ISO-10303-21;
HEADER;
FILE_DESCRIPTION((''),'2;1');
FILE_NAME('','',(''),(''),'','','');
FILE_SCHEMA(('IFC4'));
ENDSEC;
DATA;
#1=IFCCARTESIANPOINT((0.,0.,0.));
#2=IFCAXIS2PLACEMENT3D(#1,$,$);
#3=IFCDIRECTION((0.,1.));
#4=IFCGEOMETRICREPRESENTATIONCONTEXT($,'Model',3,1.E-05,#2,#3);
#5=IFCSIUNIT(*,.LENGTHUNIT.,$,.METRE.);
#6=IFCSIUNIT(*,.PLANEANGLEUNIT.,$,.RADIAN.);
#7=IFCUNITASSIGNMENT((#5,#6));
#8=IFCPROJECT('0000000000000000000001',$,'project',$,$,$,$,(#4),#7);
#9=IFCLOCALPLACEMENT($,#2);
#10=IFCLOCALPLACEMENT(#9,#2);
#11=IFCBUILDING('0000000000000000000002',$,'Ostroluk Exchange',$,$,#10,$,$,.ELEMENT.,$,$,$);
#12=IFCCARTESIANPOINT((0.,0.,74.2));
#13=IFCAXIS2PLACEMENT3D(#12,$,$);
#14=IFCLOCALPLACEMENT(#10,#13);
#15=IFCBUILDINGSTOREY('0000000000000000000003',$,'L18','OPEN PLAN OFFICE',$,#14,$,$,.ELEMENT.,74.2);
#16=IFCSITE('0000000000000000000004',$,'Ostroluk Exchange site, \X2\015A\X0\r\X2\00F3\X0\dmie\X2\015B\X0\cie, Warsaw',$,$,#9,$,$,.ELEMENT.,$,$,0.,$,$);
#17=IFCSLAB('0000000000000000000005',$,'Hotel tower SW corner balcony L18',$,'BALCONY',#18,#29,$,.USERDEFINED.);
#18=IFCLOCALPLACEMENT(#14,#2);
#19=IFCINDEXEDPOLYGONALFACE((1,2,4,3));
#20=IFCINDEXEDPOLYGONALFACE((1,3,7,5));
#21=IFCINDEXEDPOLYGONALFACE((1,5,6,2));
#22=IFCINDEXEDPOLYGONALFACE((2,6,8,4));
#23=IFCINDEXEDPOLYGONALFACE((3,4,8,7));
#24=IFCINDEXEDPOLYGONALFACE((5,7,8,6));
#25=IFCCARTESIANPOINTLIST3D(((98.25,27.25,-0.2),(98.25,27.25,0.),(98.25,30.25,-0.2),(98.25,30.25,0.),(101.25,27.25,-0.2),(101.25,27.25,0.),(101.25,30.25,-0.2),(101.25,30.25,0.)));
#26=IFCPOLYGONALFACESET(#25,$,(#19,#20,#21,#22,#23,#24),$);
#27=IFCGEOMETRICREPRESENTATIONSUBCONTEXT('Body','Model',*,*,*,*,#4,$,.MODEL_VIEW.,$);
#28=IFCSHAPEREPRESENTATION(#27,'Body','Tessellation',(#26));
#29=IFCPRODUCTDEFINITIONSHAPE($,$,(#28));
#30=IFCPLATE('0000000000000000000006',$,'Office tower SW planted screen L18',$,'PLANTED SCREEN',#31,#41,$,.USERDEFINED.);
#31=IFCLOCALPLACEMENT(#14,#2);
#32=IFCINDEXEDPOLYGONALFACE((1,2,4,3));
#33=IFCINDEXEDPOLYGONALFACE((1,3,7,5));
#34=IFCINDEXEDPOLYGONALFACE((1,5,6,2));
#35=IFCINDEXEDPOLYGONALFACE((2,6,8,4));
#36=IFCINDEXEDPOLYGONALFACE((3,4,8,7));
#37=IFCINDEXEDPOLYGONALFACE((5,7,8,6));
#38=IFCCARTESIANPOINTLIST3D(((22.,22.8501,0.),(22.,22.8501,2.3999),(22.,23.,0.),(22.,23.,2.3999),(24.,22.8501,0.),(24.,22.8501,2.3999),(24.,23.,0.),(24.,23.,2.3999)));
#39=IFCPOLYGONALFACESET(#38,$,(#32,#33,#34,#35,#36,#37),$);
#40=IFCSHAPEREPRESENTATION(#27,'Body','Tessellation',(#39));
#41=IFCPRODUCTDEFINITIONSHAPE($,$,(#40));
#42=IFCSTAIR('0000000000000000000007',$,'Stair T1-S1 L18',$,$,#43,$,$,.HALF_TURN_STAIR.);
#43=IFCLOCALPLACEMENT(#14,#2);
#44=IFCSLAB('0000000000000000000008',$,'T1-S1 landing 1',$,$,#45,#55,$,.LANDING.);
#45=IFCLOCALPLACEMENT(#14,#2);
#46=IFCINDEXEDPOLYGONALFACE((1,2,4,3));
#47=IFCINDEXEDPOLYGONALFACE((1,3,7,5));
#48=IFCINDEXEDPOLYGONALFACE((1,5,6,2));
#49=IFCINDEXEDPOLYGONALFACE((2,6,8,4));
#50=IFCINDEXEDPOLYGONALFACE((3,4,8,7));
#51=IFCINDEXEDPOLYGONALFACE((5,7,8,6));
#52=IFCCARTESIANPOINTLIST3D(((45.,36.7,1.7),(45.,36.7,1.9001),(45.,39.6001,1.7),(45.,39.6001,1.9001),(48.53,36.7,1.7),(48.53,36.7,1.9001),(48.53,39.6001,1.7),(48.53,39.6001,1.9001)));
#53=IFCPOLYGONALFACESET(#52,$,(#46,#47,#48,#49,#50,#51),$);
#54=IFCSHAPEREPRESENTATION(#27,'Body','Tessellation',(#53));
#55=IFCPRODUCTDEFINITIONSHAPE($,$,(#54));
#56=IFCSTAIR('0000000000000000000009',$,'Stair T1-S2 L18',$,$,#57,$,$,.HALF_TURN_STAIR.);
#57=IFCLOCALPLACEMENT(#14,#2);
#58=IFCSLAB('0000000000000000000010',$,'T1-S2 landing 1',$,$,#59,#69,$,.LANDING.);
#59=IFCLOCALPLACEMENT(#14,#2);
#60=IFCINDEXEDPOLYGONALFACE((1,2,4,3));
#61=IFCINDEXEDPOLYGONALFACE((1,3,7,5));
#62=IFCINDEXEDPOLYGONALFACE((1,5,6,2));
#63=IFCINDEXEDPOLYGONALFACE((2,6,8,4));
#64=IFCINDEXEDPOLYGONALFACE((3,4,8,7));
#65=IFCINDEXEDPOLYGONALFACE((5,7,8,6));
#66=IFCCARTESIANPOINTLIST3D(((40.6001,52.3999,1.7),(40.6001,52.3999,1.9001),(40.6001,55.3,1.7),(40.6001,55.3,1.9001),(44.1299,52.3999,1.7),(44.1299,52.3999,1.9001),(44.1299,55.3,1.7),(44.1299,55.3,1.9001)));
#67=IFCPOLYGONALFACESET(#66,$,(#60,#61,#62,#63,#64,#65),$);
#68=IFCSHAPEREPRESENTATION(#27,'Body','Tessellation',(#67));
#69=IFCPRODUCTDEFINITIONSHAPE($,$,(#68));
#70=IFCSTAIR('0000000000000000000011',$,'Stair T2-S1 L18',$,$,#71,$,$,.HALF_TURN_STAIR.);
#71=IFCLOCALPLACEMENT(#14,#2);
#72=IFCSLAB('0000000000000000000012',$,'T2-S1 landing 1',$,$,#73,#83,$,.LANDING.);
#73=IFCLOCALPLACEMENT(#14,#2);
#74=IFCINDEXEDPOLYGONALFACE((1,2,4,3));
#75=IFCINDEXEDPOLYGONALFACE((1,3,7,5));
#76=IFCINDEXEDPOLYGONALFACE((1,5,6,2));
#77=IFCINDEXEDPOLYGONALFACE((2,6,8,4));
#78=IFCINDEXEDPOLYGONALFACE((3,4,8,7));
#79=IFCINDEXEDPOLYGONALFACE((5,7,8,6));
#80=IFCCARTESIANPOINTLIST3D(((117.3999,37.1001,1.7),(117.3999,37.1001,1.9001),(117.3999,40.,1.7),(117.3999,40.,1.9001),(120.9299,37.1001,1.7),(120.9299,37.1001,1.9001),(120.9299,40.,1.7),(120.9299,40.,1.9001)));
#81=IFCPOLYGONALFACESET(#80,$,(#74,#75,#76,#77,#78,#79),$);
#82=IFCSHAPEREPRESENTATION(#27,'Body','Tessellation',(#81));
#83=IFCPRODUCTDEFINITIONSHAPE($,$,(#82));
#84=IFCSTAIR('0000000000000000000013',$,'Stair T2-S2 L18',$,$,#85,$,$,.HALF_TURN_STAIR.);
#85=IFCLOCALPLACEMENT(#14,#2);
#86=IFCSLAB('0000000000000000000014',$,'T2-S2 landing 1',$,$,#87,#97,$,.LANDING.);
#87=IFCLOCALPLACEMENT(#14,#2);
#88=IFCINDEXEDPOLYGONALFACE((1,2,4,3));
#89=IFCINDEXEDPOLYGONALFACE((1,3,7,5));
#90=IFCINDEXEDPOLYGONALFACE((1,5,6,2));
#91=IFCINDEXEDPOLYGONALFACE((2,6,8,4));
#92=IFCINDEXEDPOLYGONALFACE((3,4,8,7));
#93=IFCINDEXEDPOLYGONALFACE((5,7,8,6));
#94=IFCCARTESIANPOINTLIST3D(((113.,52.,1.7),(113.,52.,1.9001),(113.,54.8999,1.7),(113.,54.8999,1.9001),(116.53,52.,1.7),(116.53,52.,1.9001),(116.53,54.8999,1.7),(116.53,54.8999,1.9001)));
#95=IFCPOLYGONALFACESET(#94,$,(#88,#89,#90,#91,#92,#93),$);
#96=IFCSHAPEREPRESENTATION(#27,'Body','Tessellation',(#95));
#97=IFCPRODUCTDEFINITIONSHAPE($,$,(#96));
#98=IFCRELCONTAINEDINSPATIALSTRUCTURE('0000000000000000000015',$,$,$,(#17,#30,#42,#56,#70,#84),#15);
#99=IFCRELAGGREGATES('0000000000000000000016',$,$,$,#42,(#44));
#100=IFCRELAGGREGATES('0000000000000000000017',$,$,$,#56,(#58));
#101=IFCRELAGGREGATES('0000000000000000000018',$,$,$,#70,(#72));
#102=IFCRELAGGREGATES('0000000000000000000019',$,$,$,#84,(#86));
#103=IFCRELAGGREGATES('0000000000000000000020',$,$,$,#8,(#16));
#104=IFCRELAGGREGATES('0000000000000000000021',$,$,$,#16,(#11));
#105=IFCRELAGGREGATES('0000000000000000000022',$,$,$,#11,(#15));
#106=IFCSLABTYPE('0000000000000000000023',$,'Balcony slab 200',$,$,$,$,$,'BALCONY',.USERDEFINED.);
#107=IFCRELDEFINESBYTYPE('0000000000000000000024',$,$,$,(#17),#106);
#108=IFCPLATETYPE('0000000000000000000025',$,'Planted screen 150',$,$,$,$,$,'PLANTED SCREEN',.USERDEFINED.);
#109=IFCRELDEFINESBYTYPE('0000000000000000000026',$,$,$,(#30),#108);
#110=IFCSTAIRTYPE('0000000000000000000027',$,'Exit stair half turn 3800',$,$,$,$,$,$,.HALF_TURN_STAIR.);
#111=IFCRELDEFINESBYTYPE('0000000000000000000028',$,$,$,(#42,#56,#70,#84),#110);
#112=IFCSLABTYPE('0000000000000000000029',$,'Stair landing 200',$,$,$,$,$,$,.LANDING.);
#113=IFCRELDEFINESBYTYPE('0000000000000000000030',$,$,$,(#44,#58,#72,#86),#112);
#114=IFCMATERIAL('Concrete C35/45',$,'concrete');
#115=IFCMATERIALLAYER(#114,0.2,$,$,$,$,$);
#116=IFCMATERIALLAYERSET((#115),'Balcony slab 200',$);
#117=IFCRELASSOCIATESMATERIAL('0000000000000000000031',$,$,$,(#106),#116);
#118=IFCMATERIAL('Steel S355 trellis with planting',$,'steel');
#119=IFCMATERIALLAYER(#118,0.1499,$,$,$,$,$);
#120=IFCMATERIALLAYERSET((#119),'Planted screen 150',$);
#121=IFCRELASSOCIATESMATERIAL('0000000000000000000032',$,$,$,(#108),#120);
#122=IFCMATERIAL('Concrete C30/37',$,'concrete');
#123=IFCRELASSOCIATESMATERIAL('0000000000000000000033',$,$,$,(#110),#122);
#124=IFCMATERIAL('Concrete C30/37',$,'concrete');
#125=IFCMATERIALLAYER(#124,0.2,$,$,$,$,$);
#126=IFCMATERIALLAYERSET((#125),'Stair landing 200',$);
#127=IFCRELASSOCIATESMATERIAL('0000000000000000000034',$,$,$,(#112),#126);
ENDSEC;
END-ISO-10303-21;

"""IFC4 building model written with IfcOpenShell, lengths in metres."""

from ifc_helpers import new_model, si_unit, direction, frame, origin, origin_2d, place, context, subcontext, project, spatial, polyline, rectangle, outline, extrude, material, layer, layer_set, type_object, element, aggregate, save


model = new_model("IFC4")

# Units and contexts
model_context = context("Model", 3, precision=1e-05, world=origin(), true_north=direction((0.0, 1.0)))
body_context = subcontext(model_context, "Body", "Model", "MODEL_VIEW")
ifc_project = project(units=[si_unit("LENGTHUNIT", "METRE"), si_unit("PLANEANGLEUNIT", "RADIAN")], contexts=[model_context])

# Site, building, storey
site_placement = place(None, origin())
site = spatial("IfcSite", under=ifc_project, at=site_placement, Name="Ostroluk Exchange site, Śródmieście, Warsaw", CompositionType="ELEMENT", RefElevation=0.0)
building_placement = place(site_placement, origin())
building = spatial("IfcBuilding", under=site, at=building_placement, Name="Ostroluk Exchange", CompositionType="ELEMENT")
storey_placement = place(building_placement, frame((0.0, 0.0, 74.2)))
storey = spatial("IfcBuildingStorey", under=building, at=storey_placement, Name="L18", Description="OPEN PLAN OFFICE", CompositionType="ELEMENT", Elevation=74.2)

# Slab
ifc_material_1 = material(Name="Concrete C35/45", Category="concrete")
ifc_layer_1 = layer(ifc_material_1, 0.2)
ifc_layer_set_1 = layer_set([ifc_layer_1], Name="Balcony slab 200")
slab_type_1 = type_object("IfcSlabType", Name="Balcony slab 200", ElementType="BALCONY", PredefinedType="USERDEFINED", material=ifc_layer_set_1)
slab_1_placement = place(storey_placement, frame((0.0, 0.0, -0.2)))
element("IfcSlab", 1, at=slab_1_placement, inside=storey, type_object=slab_type_1, Name="Hotel tower SW corner balcony L18", ObjectType="BALCONY", PredefinedType="USERDEFINED", context=body_context, shape_type="SweptSolid", body=[
    extrude(outline(polyline([(98.25, 27.25), (101.25, 27.25), (101.25, 30.25), (98.25, 30.25), (98.25, 27.25)])), origin(), (0.0, 0.0, 1.0), 0.2),
])

# Plate
ifc_material_2 = material(Name="Steel S355 trellis with planting", Category="steel")
ifc_layer_2 = layer(ifc_material_2, 0.1499)
ifc_layer_set_2 = layer_set([ifc_layer_2], Name="Planted screen 150")
plate_type = type_object("IfcPlateType", Name="Planted screen 150", ElementType="PLANTED SCREEN", PredefinedType="USERDEFINED", material=ifc_layer_set_2)
plate_placement = place(storey_placement, frame((23.0, 22.925, 0.0), z_axis=(0.0, 0.0, 1.0), x_axis=(1.0, 0.0, 0.0)))
element("IfcPlate", 2, at=plate_placement, inside=storey, type_object=plate_type, Name="Office tower SW planted screen L18", ObjectType="PLANTED SCREEN", PredefinedType="USERDEFINED", context=body_context, shape_type="SweptSolid", body=[
    extrude(rectangle(XDim=2.0, YDim=0.1499, at=origin_2d()), origin(), (0.0, 0.0, 1.0), 2.3999),
])

# Stairs, slabs
ifc_material_3 = material(Name="Concrete C30/37", Category="concrete")
stair_type = type_object("IfcStairType", Name="Exit stair half turn 3800", PredefinedType="HALF_TURN_STAIR", material=ifc_material_3)
stair_1_placement = place(storey_placement, origin())
stair_1 = element("IfcStair", 3, at=stair_1_placement, inside=storey, type_object=stair_type, Name="Stair T1-S1 L18", PredefinedType="HALF_TURN_STAIR")
ifc_material_4 = material(Name="Concrete C30/37", Category="concrete")
ifc_layer_3 = layer(ifc_material_4, 0.2)
ifc_layer_set_3 = layer_set([ifc_layer_3], Name="Stair landing 200")
slab_type_2 = type_object("IfcSlabType", Name="Stair landing 200", PredefinedType="LANDING", material=ifc_layer_set_3)
slab_2_placement = place(storey_placement, frame((0.0, 0.0, 1.7)))
slab_2 = element("IfcSlab", 4, at=slab_2_placement, type_object=slab_type_2, Name="T1-S1 landing 1", PredefinedType="LANDING", context=body_context, shape_type="SweptSolid", body=[
    extrude(outline(polyline([(45.0, 36.7), (45.0, 39.6001), (48.53, 39.6001), (48.53, 36.7), (45.0, 36.7)])), origin(), (0.0, 0.0, 1.0), 0.2002),
])
aggregate(stair_1, [slab_2])
stair_2_placement = place(storey_placement, origin())
stair_2 = element("IfcStair", 5, at=stair_2_placement, inside=storey, type_object=stair_type, Name="Stair T1-S2 L18", PredefinedType="HALF_TURN_STAIR")
slab_3_placement = place(storey_placement, frame((0.0, 0.0, 1.7)))
slab_3 = element("IfcSlab", 6, at=slab_3_placement, type_object=slab_type_2, Name="T1-S2 landing 1", PredefinedType="LANDING", context=body_context, shape_type="SweptSolid", body=[
    extrude(outline(polyline([(44.1299, 52.3999), (44.1299, 55.3), (40.6001, 55.3), (40.6001, 52.3999), (44.1299, 52.3999)])), origin(), (0.0, 0.0, 1.0), 0.2002),
])
aggregate(stair_2, [slab_3])
stair_3_placement = place(storey_placement, origin())
stair_3 = element("IfcStair", 7, at=stair_3_placement, inside=storey, type_object=stair_type, Name="Stair T2-S1 L18", PredefinedType="HALF_TURN_STAIR")
slab_4_placement = place(storey_placement, frame((0.0, 0.0, 1.7)))
slab_4 = element("IfcSlab", 8, at=slab_4_placement, type_object=slab_type_2, Name="T2-S1 landing 1", PredefinedType="LANDING", context=body_context, shape_type="SweptSolid", body=[
    extrude(outline(polyline([(117.3999, 37.1001), (117.3999, 40.0), (120.9299, 40.0), (120.9299, 37.1001), (117.3999, 37.1001)])), origin(), (0.0, 0.0, 1.0), 0.2002),
])
aggregate(stair_3, [slab_4])
stair_4_placement = place(storey_placement, origin())
stair_4 = element("IfcStair", 9, at=stair_4_placement, inside=storey, type_object=stair_type, Name="Stair T2-S2 L18", PredefinedType="HALF_TURN_STAIR")
slab_5_placement = place(storey_placement, frame((0.0, 0.0, 1.7)))
slab_5 = element("IfcSlab", 10, at=slab_5_placement, type_object=slab_type_2, Name="T2-S2 landing 1", PredefinedType="LANDING", context=body_context, shape_type="SweptSolid", body=[
    extrude(outline(polyline([(116.53, 52.0), (116.53, 54.8999), (113.0, 54.8999), (113.0, 52.0), (116.53, 52.0)])), origin(), (0.0, 0.0, 1.0), 0.2002),
])
aggregate(stair_4, [slab_5])

save(model, "model.ifc")
